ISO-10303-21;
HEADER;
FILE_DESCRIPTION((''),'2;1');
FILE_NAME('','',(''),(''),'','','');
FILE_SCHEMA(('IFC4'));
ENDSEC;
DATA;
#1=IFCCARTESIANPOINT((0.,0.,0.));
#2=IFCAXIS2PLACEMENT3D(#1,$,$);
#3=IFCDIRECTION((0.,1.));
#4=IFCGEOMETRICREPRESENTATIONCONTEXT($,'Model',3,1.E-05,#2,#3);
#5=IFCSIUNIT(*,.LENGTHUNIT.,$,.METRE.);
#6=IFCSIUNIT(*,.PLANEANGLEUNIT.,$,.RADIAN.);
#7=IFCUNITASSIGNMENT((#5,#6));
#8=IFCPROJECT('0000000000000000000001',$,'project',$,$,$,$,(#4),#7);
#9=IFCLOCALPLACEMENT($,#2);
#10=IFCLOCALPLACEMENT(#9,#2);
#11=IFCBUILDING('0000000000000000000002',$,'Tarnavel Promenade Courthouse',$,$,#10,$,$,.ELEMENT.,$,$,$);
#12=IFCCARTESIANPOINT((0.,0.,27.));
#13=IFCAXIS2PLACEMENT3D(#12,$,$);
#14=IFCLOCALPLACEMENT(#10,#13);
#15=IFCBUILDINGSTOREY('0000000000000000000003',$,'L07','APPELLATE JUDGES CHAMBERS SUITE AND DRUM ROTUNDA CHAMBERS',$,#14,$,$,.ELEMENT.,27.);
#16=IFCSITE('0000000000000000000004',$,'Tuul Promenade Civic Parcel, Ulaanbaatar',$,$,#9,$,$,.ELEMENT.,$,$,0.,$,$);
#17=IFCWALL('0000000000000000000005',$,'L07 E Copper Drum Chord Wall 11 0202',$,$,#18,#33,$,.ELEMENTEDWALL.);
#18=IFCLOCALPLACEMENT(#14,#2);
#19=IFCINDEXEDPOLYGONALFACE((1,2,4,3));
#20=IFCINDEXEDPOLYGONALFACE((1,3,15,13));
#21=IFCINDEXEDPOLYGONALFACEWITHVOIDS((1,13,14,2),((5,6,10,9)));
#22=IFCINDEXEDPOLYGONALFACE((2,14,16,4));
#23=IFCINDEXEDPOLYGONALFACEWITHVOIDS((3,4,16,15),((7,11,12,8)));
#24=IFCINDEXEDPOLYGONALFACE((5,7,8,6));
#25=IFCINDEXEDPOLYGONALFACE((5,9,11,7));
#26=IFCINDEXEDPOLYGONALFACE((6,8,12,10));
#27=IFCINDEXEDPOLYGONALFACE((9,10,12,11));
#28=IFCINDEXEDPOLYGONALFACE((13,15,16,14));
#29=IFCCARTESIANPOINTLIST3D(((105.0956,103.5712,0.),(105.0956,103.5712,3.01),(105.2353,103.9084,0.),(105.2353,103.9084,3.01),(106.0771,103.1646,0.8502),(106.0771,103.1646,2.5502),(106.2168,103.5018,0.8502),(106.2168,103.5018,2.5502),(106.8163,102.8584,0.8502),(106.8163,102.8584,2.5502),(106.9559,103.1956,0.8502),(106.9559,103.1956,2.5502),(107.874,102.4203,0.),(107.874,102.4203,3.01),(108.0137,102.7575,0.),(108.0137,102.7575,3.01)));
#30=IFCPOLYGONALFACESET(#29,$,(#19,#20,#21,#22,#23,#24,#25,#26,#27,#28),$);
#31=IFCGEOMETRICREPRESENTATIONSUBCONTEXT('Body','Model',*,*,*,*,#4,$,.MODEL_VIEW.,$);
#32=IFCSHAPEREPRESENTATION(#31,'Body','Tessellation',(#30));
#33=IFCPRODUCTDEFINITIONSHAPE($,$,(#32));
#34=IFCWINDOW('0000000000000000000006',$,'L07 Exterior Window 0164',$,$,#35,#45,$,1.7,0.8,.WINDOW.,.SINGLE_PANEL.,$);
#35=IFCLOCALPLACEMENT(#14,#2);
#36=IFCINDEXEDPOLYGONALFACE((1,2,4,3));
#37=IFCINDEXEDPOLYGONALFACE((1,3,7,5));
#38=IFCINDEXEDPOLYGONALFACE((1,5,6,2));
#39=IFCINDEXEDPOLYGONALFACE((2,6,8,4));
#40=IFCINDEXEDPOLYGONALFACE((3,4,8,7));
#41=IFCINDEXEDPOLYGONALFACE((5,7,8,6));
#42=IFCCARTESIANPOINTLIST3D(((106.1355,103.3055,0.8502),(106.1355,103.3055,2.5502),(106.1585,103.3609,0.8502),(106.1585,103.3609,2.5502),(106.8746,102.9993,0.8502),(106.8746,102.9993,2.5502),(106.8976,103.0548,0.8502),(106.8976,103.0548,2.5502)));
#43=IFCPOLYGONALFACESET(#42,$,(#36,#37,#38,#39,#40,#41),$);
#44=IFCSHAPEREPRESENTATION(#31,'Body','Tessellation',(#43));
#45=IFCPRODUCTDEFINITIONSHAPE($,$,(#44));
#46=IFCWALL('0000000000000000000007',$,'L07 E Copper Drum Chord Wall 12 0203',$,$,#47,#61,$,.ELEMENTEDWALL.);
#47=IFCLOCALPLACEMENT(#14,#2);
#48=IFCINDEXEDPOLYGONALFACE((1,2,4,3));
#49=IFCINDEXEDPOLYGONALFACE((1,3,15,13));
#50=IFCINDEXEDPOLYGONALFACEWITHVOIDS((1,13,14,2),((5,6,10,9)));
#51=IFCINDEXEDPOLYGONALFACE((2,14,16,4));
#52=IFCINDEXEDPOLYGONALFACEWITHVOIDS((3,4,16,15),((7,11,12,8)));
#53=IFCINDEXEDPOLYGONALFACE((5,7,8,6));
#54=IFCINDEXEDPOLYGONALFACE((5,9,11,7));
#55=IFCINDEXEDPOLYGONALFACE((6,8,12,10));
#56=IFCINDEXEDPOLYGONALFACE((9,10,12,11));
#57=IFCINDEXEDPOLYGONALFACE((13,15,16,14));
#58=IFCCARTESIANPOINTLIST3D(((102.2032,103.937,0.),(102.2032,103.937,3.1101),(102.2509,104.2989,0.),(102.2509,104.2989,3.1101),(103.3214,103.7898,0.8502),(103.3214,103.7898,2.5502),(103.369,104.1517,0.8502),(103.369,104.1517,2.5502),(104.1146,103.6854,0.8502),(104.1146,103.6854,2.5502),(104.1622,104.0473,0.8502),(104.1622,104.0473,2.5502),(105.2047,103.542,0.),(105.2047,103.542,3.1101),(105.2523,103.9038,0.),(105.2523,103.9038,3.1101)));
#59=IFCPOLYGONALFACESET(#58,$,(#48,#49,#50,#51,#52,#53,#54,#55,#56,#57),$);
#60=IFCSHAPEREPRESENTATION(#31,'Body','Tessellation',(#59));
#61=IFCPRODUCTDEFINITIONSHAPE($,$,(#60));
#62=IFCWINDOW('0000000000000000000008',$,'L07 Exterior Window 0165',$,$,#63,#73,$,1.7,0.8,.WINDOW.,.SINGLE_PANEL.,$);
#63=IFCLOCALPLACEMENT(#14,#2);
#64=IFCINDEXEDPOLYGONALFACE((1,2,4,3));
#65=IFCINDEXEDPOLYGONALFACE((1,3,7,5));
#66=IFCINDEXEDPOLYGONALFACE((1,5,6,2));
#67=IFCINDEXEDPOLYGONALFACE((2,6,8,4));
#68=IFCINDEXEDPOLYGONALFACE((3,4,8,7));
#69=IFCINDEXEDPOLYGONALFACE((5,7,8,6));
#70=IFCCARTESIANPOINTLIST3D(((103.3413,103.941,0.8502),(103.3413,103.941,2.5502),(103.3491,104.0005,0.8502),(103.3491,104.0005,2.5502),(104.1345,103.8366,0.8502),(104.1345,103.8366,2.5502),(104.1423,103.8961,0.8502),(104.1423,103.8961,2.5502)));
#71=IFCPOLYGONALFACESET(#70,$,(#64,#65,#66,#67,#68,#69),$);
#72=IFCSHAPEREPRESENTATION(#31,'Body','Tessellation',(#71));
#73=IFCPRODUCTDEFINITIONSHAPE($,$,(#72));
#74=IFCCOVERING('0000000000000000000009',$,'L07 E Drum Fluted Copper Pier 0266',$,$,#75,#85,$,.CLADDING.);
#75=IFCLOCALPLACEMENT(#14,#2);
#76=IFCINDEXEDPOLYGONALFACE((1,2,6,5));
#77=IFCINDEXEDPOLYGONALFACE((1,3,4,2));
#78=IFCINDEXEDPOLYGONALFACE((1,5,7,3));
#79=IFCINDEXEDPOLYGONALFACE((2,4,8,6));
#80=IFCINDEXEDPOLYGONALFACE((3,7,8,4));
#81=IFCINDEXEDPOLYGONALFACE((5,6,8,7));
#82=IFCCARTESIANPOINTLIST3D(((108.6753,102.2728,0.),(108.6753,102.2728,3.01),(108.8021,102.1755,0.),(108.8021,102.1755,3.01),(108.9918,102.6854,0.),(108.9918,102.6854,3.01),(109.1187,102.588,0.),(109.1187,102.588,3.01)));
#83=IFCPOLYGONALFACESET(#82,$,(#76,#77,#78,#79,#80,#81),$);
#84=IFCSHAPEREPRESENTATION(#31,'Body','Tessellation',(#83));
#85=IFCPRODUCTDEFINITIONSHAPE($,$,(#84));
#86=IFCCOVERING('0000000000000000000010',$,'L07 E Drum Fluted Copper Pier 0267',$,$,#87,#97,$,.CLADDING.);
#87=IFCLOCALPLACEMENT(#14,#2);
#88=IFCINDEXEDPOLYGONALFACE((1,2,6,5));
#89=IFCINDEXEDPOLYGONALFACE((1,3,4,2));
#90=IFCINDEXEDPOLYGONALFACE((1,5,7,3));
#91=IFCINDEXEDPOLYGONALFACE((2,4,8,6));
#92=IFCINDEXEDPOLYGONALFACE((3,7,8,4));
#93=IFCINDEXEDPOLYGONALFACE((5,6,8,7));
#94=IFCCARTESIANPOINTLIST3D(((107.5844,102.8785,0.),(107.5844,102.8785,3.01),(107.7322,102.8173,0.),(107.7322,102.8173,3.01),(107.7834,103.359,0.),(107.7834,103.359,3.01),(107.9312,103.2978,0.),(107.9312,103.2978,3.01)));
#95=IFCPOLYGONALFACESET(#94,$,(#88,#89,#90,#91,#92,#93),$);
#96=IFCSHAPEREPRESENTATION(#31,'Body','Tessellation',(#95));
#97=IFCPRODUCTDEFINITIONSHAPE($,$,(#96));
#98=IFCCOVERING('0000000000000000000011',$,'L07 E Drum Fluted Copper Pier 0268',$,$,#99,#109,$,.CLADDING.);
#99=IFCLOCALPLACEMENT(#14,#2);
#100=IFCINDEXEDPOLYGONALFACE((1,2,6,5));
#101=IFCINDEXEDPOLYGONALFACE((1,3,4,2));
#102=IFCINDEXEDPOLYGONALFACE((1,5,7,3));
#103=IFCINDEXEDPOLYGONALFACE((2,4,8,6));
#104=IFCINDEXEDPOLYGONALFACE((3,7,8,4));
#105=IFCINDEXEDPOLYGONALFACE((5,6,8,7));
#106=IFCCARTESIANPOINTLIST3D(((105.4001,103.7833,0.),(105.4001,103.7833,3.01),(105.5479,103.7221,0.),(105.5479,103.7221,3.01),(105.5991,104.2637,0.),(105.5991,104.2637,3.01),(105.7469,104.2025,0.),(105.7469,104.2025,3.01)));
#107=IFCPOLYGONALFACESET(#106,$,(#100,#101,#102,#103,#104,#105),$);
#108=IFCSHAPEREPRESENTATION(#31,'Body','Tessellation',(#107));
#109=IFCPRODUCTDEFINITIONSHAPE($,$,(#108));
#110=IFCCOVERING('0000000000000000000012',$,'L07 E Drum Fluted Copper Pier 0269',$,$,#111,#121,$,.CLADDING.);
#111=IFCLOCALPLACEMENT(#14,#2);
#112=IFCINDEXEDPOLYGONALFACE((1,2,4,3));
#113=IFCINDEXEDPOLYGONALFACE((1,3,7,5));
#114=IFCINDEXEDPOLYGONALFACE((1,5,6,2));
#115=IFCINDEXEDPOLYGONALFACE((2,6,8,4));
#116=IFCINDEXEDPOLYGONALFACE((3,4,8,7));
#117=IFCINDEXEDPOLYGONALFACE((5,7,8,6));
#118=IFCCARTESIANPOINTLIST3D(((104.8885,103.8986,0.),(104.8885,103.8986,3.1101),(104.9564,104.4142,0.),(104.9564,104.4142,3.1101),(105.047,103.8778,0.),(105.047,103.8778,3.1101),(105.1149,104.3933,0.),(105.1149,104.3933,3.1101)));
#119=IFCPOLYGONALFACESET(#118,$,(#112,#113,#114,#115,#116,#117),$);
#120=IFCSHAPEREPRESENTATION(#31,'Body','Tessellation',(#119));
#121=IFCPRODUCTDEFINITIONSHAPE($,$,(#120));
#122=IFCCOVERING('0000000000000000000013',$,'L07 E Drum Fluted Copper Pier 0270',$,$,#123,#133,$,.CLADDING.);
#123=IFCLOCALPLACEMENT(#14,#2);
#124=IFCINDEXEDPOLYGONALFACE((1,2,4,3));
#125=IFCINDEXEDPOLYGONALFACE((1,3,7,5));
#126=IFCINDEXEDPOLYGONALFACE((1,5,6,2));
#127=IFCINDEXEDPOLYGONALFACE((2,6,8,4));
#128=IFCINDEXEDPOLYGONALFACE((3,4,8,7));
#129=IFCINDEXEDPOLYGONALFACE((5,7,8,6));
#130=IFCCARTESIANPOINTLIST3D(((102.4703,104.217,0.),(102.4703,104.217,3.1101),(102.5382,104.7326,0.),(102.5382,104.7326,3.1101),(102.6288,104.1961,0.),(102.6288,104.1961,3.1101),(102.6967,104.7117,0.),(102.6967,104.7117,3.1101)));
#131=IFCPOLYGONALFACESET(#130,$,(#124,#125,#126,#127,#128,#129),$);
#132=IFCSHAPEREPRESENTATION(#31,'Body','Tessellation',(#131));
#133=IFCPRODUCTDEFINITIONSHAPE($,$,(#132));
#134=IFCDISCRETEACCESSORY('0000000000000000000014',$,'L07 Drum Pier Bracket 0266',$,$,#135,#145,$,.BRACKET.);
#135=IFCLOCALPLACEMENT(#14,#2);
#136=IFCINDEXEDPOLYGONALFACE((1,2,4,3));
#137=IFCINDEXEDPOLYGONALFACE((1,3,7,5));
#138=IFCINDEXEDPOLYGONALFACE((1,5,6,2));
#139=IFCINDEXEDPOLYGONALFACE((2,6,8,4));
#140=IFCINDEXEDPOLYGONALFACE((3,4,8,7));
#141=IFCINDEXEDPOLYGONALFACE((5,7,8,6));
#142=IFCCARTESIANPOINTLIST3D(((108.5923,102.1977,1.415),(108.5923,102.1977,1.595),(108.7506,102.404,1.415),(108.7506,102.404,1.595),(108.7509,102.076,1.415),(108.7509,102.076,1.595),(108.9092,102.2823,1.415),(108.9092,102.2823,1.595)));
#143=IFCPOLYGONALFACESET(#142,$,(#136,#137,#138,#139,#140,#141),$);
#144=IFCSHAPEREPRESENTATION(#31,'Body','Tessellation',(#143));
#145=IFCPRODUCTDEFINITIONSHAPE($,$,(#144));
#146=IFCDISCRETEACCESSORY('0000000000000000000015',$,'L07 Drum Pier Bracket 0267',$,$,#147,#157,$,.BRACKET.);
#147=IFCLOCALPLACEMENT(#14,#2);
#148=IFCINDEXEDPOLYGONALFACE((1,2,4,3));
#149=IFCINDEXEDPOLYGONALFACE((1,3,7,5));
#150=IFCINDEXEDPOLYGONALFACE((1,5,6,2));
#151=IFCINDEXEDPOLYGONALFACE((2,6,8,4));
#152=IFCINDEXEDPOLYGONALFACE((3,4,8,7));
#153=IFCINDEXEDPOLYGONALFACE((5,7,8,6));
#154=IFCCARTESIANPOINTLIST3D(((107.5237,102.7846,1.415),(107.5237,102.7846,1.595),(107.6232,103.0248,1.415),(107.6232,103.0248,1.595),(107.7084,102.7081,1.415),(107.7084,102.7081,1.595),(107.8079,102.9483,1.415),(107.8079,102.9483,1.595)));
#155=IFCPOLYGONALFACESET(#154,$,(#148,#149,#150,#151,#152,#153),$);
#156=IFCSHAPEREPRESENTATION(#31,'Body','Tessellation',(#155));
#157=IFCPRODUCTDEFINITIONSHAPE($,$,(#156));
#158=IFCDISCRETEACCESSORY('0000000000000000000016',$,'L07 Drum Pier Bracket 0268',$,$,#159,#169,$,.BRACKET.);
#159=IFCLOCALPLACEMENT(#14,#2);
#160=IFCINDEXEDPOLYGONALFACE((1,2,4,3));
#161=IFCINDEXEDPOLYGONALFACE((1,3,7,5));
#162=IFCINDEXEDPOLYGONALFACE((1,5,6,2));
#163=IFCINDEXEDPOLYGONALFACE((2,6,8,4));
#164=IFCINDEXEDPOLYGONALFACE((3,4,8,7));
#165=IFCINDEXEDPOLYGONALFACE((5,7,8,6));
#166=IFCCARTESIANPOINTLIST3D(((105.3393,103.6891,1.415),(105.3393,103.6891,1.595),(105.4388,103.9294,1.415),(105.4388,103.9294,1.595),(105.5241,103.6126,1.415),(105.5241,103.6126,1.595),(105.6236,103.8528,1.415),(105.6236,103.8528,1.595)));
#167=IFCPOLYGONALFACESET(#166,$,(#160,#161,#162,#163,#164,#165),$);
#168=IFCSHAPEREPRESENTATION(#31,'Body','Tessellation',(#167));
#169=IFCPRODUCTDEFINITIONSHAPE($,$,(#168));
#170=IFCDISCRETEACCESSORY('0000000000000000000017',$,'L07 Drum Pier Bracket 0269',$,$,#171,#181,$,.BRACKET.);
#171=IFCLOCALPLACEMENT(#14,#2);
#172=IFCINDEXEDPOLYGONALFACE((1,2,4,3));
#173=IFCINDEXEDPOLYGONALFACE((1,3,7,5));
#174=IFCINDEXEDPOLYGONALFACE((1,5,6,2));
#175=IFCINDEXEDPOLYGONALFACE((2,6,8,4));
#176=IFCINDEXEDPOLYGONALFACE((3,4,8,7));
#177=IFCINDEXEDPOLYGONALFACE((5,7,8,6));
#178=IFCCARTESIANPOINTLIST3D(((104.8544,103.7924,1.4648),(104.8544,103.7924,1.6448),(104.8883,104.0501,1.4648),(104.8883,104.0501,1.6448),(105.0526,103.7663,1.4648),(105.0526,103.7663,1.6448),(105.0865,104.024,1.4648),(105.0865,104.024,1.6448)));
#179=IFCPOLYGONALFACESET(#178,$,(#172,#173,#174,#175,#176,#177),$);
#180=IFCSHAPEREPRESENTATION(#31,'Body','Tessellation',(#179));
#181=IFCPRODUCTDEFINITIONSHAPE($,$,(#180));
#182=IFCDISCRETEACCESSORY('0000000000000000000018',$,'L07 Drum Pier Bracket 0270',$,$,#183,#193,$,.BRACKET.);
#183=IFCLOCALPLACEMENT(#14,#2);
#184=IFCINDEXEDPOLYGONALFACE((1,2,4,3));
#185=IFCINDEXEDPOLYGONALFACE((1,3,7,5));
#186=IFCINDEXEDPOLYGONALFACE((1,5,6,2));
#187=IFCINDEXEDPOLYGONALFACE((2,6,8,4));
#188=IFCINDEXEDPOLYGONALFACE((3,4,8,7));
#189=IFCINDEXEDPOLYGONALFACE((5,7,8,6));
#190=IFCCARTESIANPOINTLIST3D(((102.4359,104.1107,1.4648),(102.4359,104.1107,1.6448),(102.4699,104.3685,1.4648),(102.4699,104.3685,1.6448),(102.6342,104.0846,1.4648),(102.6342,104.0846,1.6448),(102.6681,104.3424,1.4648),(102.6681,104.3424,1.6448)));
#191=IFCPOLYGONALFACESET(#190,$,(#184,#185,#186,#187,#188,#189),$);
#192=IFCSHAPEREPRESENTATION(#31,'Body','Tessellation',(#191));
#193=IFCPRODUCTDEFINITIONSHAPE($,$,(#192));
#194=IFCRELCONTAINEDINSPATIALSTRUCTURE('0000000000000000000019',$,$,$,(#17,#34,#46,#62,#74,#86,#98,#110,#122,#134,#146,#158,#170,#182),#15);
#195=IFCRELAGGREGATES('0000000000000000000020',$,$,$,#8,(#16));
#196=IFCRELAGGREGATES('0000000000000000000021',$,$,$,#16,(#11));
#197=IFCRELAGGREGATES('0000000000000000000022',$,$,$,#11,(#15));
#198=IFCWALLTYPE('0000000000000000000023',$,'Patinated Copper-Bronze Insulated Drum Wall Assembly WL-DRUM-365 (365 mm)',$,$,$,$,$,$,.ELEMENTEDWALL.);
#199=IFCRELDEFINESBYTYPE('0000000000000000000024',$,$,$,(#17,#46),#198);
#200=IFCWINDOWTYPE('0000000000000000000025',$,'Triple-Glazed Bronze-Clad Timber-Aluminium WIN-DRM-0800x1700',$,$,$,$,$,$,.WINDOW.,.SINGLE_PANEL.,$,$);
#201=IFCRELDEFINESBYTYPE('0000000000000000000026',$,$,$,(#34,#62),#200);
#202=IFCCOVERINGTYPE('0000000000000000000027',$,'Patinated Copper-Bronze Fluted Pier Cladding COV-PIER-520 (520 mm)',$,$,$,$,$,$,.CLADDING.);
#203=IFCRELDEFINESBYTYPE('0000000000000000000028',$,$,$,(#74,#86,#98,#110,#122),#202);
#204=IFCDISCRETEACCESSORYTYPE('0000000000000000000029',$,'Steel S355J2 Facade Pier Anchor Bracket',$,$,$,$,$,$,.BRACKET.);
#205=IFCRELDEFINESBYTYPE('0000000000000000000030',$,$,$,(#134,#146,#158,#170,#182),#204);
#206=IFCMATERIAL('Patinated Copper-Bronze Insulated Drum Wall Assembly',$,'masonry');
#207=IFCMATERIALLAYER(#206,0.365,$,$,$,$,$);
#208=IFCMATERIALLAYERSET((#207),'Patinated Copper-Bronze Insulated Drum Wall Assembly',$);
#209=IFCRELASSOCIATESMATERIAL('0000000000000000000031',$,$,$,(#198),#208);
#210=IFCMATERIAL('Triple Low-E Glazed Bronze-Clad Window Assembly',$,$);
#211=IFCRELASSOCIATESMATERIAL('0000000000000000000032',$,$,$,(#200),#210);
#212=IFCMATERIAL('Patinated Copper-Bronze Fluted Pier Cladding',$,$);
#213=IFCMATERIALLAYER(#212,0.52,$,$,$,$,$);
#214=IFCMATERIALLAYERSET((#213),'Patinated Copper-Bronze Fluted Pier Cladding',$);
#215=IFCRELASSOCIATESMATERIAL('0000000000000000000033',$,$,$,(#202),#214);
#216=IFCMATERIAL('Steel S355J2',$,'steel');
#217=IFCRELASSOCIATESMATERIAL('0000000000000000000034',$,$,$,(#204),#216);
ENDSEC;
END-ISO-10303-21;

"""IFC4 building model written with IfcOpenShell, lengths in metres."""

from ifc_helpers import new_model, si_unit, direction, frame, frame_2d, origin, origin_2d, place, context, subcontext, project, spatial, rectangle, extrude, material, layer, layer_set, type_object, element, fill, save


model = new_model("IFC4")

# Units and contexts
model_context = context("Model", 3, precision=1e-05, world=origin(), true_north=direction((0.0, 1.0)))
body_context = subcontext(model_context, "Body", "Model", "MODEL_VIEW")
ifc_project = project(units=[si_unit("LENGTHUNIT", "METRE"), si_unit("PLANEANGLEUNIT", "RADIAN")], contexts=[model_context])

# Site, building, storey
site_placement = place(None, origin())
site = spatial("IfcSite", under=ifc_project, at=site_placement, Name="Tuul Promenade Civic Parcel, Ulaanbaatar", CompositionType="ELEMENT", RefElevation=0.0)
building_placement = place(site_placement, origin())
building = spatial("IfcBuilding", under=site, at=building_placement, Name="Tarnavel Promenade Courthouse", CompositionType="ELEMENT")
storey_placement = place(building_placement, frame((0.0, 0.0, 27.0)))
storey = spatial("IfcBuildingStorey", under=building, at=storey_placement, Name="L07", Description="APPELLATE JUDGES CHAMBERS SUITE AND DRUM ROTUNDA CHAMBERS", CompositionType="ELEMENT", Elevation=27.0)

# Shared definitions
ifc_material_1 = material(Name="Steel S355J2", Category="steel")

# Walls, openings, windows
ifc_material_2 = material(Name="Patinated Copper-Bronze Insulated Drum Wall Assembly", Category="masonry")
ifc_layer_1 = layer(ifc_material_2, 0.365)
ifc_layer_set_1 = layer_set([ifc_layer_1], Name="Patinated Copper-Bronze Insulated Drum Wall Assembly")
wall_type_1 = type_object("IfcWallType", Name="Patinated Copper-Bronze Insulated Drum Wall Assembly WL-DRUM-365 (365 mm)", PredefinedType="ELEMENTEDWALL", material=ifc_layer_set_1)
wall_1_placement = place(storey_placement, frame((107.9438, 102.5889, 0.0), z_axis=(0.0, 0.0, 1.0), x_axis=(-0.923872, 0.382701, 0.0)))
wall_1 = element("IfcWall", 1, at=wall_1_placement, inside=storey, type_object=wall_type_1, Name="L07 E Copper Drum Chord Wall 11 0202", PredefinedType="ELEMENTEDWALL", context=body_context, shape_type="SweptSolid", body=[
    extrude(rectangle(XDim=3.0073, YDim=0.365, at=frame_2d((1.5037, 0.0))), origin(), (0.0, 0.0, 1.0), 3.01),
])
opening_1_placement = place(wall_1_placement, frame((1.145, 0.0, 0.8501)))
opening_1 = element("IfcOpeningElement", 2, at=opening_1_placement, cuts=wall_1, PredefinedType="OPENING", context=body_context, shape_type="SweptSolid", body=[
    extrude(rectangle(XDim=0.8, YDim=1.7, at=frame_2d((0.3999, 0.8501))), frame((0.0, 0.1924, 0.0), z_axis=(0.0, -1.0, 0.0), x_axis=(1.0, 0.0, 0.0)), (0.0, 0.0, 1.0), 0.385),
])
ifc_material_3 = material(Name="Triple Low-E Glazed Bronze-Clad Window Assembly")
window_type = type_object("IfcWindowType", Name="Triple-Glazed Bronze-Clad Timber-Aluminium WIN-DRM-0800x1700", PartitioningType="SINGLE_PANEL", PredefinedType="WINDOW", material=ifc_material_3)
window_1_placement = place(opening_1_placement, origin())
window_1 = element("IfcWindow", 3, at=window_1_placement, inside=storey, type_object=window_type, Name="L07 Exterior Window 0164", OverallHeight=1.7, OverallWidth=0.8, PartitioningType="SINGLE_PANEL", PredefinedType="WINDOW", context=body_context, shape_type="SweptSolid", body=[
    extrude(rectangle(XDim=0.8, YDim=1.7, at=frame_2d((0.3999, 0.8501))), frame((0.0, 0.03, 0.0), z_axis=(0.0, -1.0, 0.0), x_axis=(1.0, 0.0, 0.0)), (0.0, 0.0, 1.0), 0.0601),
])
fill(opening_1, window_1)
wall_2_placement = place(storey_placement, frame((105.2285, 103.7229, 0.0), z_axis=(0.0, 0.0, 1.0), x_axis=(-0.99145, 0.130484, 0.0)))
wall_2 = element("IfcWall", 4, at=wall_2_placement, inside=storey, type_object=wall_type_1, Name="L07 E Copper Drum Chord Wall 12 0203", PredefinedType="ELEMENTEDWALL", context=body_context, shape_type="SweptSolid", body=[
    extrude(rectangle(XDim=3.0273, YDim=0.365, at=frame_2d((1.5137, 0.0))), origin(), (0.0, 0.0, 1.0), 3.1101),
])
opening_2_placement = place(wall_2_placement, frame((1.0996, 0.0, 0.8501)))
opening_2 = element("IfcOpeningElement", 5, at=opening_2_placement, cuts=wall_2, PredefinedType="OPENING", context=body_context, shape_type="SweptSolid", body=[
    extrude(rectangle(XDim=0.8, YDim=1.7, at=frame_2d((0.3999, 0.8501))), frame((0.0, 0.1924, 0.0), z_axis=(0.0, -1.0, 0.0), x_axis=(1.0, 0.0, 0.0)), (0.0, 0.0, 1.0), 0.385),
])
window_2_placement = place(opening_2_placement, origin())
window_2 = element("IfcWindow", 6, at=window_2_placement, inside=storey, type_object=window_type, Name="L07 Exterior Window 0165", OverallHeight=1.7, OverallWidth=0.8, PartitioningType="SINGLE_PANEL", PredefinedType="WINDOW", context=body_context, shape_type="SweptSolid", body=[
    extrude(rectangle(XDim=0.8, YDim=1.7, at=frame_2d((0.3999, 0.8501))), frame((0.0, 0.03, 0.0), z_axis=(0.0, -1.0, 0.0), x_axis=(1.0, 0.0, 0.0)), (0.0, 0.0, 1.0), 0.0601),
])
fill(opening_2, window_2)

# Coverings
ifc_material_4 = material(Name="Patinated Copper-Bronze Fluted Pier Cladding")
ifc_layer_2 = layer(ifc_material_4, 0.52)
ifc_layer_set_2 = layer_set([ifc_layer_2], Name="Patinated Copper-Bronze Fluted Pier Cladding")
covering_type = type_object("IfcCoveringType", Name="Patinated Copper-Bronze Fluted Pier Cladding COV-PIER-520 (520 mm)", PredefinedType="CLADDING", material=ifc_layer_set_2)
for number, where, z_axis, x_axis, name in (
    (7, (108.897, 102.4304, 0.0), (0.0, 0.0, 1.0), (-0.793353, 0.608761, 0.0), "L07 E Drum Fluted Copper Pier 0266"),
    (8, (107.7578, 103.0881, 0.0), (0.0, 0.0, 1.0), (-0.92388, 0.382683, 0.0), "L07 E Drum Fluted Copper Pier 0267"),
    (9, (105.5735, 103.9929, 0.0), (0.0, 0.0, 1.0), (-0.92388, 0.382683, 0.0), "L07 E Drum Fluted Copper Pier 0268"),
):
    element("IfcCovering", number, at=place(storey_placement, frame(where, z_axis=z_axis, x_axis=x_axis)), inside=storey, type_object=covering_type, Name=name, PredefinedType="CLADDING", context=body_context, shape_type="SweptSolid", body=[
        extrude(rectangle(XDim=0.1599, YDim=0.52, at=origin_2d()), origin(), (0.0, 0.0, 1.0), 3.01),
    ])
for number, where, z_axis, x_axis, name in (
    (10, (105.0017, 104.146, 0.0), (0.0, 0.0, 1.0), (-0.991445, 0.130526, 0.0), "L07 E Drum Fluted Copper Pier 0269"),
    (11, (102.5835, 104.4644, 0.0), (0.0, 0.0, 1.0), (-0.991445, 0.130526, 0.0), "L07 E Drum Fluted Copper Pier 0270"),
):
    element("IfcCovering", number, at=place(storey_placement, frame(where, z_axis=z_axis, x_axis=x_axis)), inside=storey, type_object=covering_type, Name=name, PredefinedType="CLADDING", context=body_context, shape_type="SweptSolid", body=[
        extrude(rectangle(XDim=0.1599, YDim=0.52, at=origin_2d()), origin(), (0.0, 0.0, 1.0), 3.1101),
    ])

# Discrete accessories
discrete_accessory_type = type_object("IfcDiscreteAccessoryType", Name="Steel S355J2 Facade Pier Anchor Bracket", PredefinedType="BRACKET", material=ifc_material_1)
for number, where, z_axis, x_axis, name in (
    (12, (108.7507, 102.24, 1.415), (0.0, 0.0, 1.0), (-0.793353, 0.608761, 0.0), "L07 Drum Pier Bracket 0266"),
    (13, (107.6658, 102.8665, 1.415), (0.0, 0.0, 1.0), (-0.92388, 0.382683, 0.0), "L07 Drum Pier Bracket 0267"),
    (14, (105.4814, 103.771, 1.415), (0.0, 0.0, 1.0), (-0.92388, 0.382683, 0.0), "L07 Drum Pier Bracket 0268"),
    (15, (104.9705, 103.9082, 1.4648), (0.0, 0.0, 1.0), (-0.991445, 0.130526, 0.0), "L07 Drum Pier Bracket 0269"),
    (16, (102.552, 104.2266, 1.4648), (0.0, 0.0, 1.0), (-0.991445, 0.130526, 0.0), "L07 Drum Pier Bracket 0270"),
):
    element("IfcDiscreteAccessory", number, at=place(storey_placement, frame(where, z_axis=z_axis, x_axis=x_axis)), inside=storey, type_object=discrete_accessory_type, Name=name, PredefinedType="BRACKET", context=body_context, shape_type="SweptSolid", body=[
        extrude(rectangle(XDim=0.2, YDim=0.26, at=origin_2d()), origin(), (0.0, 0.0, 1.0), 0.1799),
    ])

save(model, "model.ifc")
